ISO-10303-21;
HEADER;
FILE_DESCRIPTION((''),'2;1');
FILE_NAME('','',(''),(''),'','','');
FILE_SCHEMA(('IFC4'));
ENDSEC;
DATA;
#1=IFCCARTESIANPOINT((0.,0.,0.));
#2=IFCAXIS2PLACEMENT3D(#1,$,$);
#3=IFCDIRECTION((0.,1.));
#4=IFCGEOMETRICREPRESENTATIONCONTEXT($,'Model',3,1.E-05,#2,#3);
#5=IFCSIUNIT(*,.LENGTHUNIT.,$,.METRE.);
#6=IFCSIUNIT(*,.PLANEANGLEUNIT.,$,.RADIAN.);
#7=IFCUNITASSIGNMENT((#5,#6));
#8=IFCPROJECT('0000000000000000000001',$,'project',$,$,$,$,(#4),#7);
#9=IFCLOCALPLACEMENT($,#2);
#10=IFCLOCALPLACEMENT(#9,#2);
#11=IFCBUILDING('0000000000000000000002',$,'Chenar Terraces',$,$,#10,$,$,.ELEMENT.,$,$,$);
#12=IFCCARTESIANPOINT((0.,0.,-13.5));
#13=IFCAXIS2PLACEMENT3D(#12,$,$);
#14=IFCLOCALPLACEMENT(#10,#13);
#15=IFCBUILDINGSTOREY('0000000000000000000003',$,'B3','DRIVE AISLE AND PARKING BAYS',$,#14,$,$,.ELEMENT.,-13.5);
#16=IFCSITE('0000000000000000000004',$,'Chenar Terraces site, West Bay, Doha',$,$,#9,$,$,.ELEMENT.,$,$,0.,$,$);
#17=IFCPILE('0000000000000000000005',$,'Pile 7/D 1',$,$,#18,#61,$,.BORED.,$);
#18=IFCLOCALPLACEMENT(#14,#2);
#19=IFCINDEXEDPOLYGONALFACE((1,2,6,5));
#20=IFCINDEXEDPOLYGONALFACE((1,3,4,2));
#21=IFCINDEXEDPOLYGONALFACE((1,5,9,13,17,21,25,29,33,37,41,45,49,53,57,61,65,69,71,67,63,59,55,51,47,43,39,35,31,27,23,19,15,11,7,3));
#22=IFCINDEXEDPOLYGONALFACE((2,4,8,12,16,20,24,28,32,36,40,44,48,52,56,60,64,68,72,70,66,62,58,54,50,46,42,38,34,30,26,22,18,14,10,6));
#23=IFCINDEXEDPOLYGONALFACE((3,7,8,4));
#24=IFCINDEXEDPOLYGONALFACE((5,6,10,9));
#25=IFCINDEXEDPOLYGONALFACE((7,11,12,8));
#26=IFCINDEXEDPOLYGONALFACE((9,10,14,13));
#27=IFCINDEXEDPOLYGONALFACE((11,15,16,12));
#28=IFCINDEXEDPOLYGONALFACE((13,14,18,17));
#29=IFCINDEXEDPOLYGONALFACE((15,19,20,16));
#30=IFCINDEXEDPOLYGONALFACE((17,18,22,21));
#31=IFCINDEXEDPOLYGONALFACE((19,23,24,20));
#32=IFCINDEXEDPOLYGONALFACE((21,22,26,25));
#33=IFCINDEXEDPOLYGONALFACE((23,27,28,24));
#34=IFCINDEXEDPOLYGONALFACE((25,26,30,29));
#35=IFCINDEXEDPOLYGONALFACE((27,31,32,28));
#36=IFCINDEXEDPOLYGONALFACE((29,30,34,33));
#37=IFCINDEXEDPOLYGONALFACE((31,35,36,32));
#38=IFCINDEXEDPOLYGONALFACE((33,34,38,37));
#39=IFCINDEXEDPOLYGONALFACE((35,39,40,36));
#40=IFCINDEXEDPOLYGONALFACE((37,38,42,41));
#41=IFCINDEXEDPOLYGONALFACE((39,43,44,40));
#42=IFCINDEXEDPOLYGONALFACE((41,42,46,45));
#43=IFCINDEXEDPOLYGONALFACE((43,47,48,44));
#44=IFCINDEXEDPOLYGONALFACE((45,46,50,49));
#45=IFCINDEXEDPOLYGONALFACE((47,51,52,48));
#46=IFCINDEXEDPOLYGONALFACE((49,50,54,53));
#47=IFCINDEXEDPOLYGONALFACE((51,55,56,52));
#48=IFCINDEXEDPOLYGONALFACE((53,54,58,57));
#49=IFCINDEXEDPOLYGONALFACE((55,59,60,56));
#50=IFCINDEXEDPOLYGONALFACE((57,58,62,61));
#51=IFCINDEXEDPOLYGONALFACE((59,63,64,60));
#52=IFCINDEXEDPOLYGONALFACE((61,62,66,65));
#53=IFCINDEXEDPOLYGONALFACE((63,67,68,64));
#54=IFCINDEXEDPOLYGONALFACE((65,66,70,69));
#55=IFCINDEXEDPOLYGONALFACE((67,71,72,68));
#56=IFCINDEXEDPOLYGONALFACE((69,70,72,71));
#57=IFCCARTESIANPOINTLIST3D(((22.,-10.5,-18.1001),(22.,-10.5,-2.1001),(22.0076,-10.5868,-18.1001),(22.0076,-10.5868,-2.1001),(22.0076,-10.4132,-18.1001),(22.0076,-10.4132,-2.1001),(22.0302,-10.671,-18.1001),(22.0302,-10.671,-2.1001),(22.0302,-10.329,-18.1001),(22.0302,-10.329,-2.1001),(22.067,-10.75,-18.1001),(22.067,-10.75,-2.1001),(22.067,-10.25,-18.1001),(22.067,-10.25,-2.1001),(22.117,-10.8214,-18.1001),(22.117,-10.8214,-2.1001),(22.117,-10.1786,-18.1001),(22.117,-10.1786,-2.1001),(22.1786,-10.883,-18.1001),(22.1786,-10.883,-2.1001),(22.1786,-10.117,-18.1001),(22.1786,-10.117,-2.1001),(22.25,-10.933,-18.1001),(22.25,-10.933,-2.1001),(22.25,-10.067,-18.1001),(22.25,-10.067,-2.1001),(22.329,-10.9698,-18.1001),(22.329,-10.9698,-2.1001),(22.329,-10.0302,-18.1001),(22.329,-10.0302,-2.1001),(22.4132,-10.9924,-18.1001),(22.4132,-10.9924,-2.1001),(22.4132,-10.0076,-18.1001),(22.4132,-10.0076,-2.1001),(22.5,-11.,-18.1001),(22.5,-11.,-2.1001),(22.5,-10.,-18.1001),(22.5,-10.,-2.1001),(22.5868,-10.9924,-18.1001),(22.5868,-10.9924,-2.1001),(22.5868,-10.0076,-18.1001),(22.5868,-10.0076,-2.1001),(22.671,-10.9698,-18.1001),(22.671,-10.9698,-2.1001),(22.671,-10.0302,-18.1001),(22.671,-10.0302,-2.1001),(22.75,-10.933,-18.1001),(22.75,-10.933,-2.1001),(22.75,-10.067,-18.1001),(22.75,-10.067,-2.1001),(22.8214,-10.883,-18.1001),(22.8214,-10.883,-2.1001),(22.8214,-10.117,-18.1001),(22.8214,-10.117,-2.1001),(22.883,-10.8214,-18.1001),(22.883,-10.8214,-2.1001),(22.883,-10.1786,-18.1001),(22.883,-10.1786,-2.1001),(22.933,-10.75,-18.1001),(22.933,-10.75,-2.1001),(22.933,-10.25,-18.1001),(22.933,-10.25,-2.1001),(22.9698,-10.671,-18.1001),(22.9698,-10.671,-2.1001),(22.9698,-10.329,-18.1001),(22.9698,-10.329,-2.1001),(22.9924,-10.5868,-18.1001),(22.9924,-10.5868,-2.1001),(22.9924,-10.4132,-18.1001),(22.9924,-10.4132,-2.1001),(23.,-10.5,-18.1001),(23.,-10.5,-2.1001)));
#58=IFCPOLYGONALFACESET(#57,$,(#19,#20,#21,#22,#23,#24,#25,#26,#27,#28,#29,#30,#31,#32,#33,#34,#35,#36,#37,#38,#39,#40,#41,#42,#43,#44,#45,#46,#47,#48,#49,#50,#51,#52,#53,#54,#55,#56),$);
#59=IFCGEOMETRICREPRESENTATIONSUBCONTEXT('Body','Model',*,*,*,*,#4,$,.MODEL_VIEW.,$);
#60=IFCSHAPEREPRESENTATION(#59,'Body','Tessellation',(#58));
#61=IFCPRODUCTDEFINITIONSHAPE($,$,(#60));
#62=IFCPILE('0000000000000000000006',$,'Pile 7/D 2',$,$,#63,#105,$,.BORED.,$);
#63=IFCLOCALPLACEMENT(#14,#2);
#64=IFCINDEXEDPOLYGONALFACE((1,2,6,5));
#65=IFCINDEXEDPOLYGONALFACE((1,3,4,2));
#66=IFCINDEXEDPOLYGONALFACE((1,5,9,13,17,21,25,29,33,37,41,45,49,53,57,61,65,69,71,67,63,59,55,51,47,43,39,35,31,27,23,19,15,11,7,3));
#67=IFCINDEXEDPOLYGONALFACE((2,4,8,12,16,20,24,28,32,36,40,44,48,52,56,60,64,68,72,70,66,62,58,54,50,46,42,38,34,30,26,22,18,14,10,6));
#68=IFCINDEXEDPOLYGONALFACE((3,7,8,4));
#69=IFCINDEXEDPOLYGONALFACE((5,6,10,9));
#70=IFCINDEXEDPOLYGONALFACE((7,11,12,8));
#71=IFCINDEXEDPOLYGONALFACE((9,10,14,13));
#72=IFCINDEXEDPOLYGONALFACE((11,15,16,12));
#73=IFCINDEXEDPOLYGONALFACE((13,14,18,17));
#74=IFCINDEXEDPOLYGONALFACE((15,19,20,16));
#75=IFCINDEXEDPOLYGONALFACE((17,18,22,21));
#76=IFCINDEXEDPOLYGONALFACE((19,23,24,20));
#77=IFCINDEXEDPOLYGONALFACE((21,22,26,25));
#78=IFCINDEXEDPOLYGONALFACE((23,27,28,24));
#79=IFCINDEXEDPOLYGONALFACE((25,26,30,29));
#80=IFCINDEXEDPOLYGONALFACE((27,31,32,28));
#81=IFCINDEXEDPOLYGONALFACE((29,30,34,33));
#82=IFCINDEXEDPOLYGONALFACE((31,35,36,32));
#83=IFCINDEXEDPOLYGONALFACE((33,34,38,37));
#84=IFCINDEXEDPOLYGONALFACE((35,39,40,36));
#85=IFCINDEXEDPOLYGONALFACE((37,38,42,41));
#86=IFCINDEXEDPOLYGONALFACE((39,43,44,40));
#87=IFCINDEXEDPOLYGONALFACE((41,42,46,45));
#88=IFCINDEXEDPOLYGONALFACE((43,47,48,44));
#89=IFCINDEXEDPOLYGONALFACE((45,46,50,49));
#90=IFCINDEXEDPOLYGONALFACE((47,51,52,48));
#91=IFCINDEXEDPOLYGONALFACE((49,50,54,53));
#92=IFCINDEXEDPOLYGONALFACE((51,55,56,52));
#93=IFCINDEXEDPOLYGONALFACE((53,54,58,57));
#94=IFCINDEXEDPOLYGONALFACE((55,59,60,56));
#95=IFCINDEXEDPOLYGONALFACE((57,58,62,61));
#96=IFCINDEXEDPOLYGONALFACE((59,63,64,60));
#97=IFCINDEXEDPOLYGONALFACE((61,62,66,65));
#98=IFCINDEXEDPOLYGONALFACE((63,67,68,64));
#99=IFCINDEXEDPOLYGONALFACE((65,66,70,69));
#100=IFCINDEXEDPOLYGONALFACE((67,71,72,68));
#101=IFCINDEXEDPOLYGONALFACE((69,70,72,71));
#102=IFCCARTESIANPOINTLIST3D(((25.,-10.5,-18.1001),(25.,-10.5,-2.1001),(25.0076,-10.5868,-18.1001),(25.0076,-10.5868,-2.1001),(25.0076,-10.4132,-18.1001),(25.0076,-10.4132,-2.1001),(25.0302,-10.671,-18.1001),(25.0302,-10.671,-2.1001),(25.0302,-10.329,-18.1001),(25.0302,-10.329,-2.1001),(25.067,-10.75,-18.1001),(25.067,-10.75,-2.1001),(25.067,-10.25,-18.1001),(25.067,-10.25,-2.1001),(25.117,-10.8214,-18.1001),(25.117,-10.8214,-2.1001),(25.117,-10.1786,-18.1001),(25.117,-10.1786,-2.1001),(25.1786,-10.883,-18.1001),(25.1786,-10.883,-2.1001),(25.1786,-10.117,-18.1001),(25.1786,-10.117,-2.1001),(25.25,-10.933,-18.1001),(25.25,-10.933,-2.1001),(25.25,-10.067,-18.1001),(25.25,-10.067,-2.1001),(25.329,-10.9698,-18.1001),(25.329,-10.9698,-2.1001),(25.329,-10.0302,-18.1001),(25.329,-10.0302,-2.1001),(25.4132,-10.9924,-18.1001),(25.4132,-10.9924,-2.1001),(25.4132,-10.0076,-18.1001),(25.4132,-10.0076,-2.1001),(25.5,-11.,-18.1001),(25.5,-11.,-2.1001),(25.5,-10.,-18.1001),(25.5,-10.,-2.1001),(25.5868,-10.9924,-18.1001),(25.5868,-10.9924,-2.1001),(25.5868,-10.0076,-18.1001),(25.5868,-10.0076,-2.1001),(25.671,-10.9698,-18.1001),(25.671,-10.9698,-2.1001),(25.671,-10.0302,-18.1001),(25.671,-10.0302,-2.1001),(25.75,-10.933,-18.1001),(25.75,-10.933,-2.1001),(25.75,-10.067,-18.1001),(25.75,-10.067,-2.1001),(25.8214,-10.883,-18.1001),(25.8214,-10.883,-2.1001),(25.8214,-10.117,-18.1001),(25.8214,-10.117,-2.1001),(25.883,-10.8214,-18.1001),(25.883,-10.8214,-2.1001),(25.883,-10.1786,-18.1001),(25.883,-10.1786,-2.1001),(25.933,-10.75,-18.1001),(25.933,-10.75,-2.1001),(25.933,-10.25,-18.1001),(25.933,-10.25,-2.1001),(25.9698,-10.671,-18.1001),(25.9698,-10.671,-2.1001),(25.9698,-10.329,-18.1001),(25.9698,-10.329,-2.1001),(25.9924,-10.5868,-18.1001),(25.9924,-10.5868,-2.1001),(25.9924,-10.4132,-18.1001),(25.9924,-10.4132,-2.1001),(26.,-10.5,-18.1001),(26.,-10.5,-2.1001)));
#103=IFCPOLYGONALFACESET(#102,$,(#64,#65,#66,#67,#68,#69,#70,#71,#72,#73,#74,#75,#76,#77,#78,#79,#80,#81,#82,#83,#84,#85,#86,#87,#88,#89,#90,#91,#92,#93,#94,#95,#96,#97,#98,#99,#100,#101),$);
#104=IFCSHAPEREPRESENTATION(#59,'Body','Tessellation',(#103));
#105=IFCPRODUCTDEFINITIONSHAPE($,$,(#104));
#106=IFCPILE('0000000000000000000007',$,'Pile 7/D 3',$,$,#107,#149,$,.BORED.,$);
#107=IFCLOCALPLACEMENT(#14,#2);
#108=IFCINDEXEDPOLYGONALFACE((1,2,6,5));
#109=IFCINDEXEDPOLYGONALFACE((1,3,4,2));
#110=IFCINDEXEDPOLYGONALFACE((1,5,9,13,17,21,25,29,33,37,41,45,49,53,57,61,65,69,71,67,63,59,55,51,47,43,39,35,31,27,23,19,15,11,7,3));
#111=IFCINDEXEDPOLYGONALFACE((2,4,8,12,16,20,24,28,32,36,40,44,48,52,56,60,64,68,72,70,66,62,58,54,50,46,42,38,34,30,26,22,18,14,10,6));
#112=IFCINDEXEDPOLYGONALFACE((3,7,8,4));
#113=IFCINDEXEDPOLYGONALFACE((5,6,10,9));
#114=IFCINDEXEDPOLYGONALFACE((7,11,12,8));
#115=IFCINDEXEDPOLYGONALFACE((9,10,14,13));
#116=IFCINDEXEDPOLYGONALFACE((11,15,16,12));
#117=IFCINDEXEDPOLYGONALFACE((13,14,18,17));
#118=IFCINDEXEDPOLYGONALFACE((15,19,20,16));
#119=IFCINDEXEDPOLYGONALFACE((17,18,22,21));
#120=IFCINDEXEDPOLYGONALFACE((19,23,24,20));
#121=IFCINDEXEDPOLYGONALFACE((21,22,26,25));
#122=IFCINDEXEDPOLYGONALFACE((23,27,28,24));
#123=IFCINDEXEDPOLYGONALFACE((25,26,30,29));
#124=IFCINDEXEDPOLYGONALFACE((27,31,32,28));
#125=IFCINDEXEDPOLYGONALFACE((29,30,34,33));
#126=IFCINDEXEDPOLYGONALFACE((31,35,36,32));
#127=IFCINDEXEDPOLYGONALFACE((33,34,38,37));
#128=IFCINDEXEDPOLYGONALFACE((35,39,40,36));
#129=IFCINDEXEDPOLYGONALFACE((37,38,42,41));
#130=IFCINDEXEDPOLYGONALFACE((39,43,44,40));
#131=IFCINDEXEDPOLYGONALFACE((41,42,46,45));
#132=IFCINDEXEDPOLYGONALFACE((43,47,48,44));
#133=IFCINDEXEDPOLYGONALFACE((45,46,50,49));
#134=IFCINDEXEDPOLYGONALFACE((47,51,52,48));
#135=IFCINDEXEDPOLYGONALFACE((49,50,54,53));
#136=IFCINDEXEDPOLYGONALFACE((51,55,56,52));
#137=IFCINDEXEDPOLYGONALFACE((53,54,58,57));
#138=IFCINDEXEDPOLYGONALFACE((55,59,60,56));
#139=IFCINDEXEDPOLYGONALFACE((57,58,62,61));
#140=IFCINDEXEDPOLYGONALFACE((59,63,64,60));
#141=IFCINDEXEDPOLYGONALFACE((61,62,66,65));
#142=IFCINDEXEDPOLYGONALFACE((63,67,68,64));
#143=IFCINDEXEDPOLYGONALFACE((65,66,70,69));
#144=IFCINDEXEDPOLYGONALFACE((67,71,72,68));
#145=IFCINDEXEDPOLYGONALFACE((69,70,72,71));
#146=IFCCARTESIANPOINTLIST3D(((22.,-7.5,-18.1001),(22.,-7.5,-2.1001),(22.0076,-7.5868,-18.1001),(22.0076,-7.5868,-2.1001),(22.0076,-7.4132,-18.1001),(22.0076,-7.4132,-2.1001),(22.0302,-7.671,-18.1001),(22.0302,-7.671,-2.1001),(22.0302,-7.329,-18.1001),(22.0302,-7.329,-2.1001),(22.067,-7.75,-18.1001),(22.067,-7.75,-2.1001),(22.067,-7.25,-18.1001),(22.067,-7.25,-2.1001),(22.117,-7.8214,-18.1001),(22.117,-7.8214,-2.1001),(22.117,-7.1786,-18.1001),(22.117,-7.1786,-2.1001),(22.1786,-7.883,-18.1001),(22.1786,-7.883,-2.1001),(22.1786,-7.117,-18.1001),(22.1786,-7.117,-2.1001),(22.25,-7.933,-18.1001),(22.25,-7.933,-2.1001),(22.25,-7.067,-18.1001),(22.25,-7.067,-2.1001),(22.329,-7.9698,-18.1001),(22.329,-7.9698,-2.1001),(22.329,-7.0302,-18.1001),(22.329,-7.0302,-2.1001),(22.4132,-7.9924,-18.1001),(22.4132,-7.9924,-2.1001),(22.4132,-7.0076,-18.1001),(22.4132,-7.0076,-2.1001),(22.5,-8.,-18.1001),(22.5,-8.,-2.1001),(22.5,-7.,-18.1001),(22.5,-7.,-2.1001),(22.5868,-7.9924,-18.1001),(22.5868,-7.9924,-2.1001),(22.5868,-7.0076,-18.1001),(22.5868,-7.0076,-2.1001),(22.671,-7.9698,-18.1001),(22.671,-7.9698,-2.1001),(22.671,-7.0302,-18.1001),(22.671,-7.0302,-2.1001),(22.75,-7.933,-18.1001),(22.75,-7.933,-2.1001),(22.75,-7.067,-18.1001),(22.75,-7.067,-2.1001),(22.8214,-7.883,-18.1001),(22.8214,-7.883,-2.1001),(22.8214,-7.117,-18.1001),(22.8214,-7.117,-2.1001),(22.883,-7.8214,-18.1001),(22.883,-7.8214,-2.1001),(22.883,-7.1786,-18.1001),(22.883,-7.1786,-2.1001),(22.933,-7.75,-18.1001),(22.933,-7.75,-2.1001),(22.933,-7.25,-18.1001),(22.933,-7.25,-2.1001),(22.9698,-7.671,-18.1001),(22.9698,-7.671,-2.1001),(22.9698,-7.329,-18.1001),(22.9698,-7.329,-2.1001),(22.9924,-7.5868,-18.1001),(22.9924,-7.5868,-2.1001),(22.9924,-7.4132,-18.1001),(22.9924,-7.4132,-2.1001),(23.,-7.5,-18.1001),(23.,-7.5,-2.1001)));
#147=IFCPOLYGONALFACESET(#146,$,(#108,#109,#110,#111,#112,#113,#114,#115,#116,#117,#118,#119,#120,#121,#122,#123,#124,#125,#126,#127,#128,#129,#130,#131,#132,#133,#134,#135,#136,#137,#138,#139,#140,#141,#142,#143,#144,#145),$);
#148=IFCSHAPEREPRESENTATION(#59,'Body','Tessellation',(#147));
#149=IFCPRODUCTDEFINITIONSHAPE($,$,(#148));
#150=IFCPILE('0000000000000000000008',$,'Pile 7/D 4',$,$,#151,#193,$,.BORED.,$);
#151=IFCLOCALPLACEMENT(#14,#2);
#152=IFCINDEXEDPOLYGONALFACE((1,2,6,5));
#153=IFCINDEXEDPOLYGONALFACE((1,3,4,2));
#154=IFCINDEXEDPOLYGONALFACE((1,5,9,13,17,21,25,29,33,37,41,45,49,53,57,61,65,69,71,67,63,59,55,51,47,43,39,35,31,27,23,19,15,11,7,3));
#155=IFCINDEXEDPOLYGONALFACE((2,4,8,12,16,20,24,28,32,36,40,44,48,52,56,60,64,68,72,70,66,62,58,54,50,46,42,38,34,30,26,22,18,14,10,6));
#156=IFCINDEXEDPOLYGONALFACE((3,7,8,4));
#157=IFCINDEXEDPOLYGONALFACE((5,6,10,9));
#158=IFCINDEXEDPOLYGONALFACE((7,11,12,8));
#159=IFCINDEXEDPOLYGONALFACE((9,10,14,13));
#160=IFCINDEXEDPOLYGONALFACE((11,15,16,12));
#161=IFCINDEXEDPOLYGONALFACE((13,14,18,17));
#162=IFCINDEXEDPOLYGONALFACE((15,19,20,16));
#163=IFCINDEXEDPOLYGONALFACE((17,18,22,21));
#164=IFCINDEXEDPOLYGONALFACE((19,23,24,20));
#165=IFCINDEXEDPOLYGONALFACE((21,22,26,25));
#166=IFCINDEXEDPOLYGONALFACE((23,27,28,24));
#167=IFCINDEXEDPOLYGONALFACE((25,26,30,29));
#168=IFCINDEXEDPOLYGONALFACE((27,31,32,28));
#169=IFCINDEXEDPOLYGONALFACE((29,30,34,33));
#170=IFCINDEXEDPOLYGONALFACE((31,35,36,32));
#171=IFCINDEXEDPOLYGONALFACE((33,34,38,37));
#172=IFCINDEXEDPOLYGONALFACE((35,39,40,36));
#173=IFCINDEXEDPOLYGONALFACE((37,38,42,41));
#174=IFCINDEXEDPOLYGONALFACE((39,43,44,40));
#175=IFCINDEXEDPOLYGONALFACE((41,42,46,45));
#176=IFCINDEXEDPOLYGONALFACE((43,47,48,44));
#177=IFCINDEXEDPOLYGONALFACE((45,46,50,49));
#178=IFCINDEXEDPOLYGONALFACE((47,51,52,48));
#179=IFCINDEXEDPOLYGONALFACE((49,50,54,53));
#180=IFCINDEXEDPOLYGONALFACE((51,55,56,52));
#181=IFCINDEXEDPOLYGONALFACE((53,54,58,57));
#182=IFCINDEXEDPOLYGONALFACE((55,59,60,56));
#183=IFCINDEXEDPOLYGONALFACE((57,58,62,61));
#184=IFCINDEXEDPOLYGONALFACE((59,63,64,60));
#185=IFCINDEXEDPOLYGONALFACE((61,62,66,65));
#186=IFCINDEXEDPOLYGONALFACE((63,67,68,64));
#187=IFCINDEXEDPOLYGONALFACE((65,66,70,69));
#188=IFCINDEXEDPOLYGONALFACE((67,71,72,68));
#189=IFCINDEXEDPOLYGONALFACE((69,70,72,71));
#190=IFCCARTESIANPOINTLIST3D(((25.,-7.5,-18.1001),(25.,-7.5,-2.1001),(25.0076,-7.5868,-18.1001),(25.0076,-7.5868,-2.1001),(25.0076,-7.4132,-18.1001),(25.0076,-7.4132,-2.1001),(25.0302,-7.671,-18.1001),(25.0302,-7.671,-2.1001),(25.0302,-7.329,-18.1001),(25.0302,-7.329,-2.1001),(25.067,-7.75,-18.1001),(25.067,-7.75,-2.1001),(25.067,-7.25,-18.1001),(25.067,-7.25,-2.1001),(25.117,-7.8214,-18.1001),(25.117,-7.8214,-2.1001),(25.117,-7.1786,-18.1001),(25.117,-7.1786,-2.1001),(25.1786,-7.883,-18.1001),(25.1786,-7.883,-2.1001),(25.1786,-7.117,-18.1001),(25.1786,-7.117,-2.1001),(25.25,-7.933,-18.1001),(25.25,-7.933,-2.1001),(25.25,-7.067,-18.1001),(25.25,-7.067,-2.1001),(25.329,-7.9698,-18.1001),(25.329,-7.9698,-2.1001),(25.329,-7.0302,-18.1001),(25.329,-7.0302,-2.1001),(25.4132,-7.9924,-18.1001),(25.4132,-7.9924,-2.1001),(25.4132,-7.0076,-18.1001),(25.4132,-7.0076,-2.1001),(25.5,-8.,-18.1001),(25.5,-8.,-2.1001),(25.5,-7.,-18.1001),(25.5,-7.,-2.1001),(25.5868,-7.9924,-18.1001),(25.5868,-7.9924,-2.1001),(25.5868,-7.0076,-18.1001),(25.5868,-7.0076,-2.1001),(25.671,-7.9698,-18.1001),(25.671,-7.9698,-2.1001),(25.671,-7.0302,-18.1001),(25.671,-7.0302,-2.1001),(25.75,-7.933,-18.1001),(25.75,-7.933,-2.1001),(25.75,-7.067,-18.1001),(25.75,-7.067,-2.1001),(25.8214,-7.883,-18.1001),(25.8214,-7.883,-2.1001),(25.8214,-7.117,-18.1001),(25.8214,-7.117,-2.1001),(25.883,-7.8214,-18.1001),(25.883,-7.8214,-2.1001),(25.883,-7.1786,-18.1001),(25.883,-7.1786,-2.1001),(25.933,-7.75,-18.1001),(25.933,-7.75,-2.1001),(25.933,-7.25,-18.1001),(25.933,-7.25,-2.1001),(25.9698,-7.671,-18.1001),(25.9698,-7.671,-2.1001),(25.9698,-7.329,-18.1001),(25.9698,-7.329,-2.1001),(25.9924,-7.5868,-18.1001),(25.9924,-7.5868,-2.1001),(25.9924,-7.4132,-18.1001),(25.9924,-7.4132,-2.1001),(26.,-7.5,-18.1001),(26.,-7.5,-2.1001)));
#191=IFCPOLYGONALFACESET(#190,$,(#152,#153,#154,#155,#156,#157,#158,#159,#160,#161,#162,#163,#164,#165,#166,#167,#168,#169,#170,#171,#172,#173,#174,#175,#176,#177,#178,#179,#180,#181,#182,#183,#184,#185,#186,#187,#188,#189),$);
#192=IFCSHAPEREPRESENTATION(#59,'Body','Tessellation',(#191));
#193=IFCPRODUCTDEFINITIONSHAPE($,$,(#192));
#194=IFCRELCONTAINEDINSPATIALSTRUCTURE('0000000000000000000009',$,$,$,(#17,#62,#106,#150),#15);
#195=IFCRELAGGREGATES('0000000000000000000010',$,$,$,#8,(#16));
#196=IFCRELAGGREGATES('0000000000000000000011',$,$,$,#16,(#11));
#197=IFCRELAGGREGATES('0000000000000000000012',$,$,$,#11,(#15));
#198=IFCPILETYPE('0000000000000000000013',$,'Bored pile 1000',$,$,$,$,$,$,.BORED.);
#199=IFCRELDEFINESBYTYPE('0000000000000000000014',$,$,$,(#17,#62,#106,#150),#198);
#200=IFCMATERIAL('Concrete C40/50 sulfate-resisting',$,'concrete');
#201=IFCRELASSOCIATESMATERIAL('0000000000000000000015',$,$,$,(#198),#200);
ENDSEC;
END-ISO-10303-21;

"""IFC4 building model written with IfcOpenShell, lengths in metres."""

from ifc_helpers import new_model, si_unit, direction, frame, origin, origin_2d, place, context, subcontext, project, spatial, circle, extrude, material, material_profile, profile_set, type_object, element, save


model = new_model("IFC4")

# Units and contexts
model_context = context("Model", 3, precision=1e-05, world=origin(), true_north=direction((0.0, 1.0)))
body_context = subcontext(model_context, "Body", "Model", "MODEL_VIEW")
ifc_project = project(units=[si_unit("LENGTHUNIT", "METRE"), si_unit("PLANEANGLEUNIT", "RADIAN")], contexts=[model_context])

# Site, building, storey
site_placement = place(None, origin())
site = spatial("IfcSite", under=ifc_project, at=site_placement, Name="Chenar Terraces site, West Bay, Doha", CompositionType="ELEMENT", RefElevation=0.0)
building_placement = place(site_placement, origin())
building = spatial("IfcBuilding", under=site, at=building_placement, Name="Chenar Terraces", CompositionType="ELEMENT")
storey_placement = place(building_placement, frame((0.0, 0.0, -13.5)))
storey = spatial("IfcBuildingStorey", under=building, at=storey_placement, Name="B3", Description="DRIVE AISLE AND PARKING BAYS", CompositionType="ELEMENT", Elevation=-13.5)

# Piles
ifc_material_1 = material(Name="Concrete C40/50 sulfate-resisting", Category="concrete")
ifc_material_profile_1 = material_profile(ifc_material_1, circle(Radius=0.5, at=origin_2d()), Name="BP 1000")
ifc_profile_set_1 = profile_set([ifc_material_profile_1], Name="Concrete C40/50 sulfate-resisting")
pile_type_1 = type_object("IfcPileType", Name="Bored pile 1000", PredefinedType="BORED", material=ifc_profile_set_1)
for number, where, z_axis, x_axis, name in (
    (1, (22.5, -10.5, -2.1001), (0.0, 0.0, -1.0), (1.0, 0.0, 0.0), "Pile 7/D 1"),
    (2, (25.5, -10.5, -2.1001), (0.0, 0.0, -1.0), (1.0, 0.0, 0.0), "Pile 7/D 2"),
    (3, (22.5, -7.5, -2.1001), (0.0, 0.0, -1.0), (1.0, 0.0, 0.0), "Pile 7/D 3"),
    (4, (25.5, -7.5, -2.1001), (0.0, 0.0, -1.0), (1.0, 0.0, 0.0), "Pile 7/D 4"),
):
    element("IfcPile", number, at=place(storey_placement, frame(where, z_axis=z_axis, x_axis=x_axis)), inside=storey, type_object=pile_type_1, Name=name, PredefinedType="BORED", context=body_context, shape_type="SweptSolid", body=[
        extrude(circle(Radius=0.5, at=origin_2d()), origin(), (0.0, 0.0, 1.0), 16.0),
    ])

save(model, "model.ifc")
